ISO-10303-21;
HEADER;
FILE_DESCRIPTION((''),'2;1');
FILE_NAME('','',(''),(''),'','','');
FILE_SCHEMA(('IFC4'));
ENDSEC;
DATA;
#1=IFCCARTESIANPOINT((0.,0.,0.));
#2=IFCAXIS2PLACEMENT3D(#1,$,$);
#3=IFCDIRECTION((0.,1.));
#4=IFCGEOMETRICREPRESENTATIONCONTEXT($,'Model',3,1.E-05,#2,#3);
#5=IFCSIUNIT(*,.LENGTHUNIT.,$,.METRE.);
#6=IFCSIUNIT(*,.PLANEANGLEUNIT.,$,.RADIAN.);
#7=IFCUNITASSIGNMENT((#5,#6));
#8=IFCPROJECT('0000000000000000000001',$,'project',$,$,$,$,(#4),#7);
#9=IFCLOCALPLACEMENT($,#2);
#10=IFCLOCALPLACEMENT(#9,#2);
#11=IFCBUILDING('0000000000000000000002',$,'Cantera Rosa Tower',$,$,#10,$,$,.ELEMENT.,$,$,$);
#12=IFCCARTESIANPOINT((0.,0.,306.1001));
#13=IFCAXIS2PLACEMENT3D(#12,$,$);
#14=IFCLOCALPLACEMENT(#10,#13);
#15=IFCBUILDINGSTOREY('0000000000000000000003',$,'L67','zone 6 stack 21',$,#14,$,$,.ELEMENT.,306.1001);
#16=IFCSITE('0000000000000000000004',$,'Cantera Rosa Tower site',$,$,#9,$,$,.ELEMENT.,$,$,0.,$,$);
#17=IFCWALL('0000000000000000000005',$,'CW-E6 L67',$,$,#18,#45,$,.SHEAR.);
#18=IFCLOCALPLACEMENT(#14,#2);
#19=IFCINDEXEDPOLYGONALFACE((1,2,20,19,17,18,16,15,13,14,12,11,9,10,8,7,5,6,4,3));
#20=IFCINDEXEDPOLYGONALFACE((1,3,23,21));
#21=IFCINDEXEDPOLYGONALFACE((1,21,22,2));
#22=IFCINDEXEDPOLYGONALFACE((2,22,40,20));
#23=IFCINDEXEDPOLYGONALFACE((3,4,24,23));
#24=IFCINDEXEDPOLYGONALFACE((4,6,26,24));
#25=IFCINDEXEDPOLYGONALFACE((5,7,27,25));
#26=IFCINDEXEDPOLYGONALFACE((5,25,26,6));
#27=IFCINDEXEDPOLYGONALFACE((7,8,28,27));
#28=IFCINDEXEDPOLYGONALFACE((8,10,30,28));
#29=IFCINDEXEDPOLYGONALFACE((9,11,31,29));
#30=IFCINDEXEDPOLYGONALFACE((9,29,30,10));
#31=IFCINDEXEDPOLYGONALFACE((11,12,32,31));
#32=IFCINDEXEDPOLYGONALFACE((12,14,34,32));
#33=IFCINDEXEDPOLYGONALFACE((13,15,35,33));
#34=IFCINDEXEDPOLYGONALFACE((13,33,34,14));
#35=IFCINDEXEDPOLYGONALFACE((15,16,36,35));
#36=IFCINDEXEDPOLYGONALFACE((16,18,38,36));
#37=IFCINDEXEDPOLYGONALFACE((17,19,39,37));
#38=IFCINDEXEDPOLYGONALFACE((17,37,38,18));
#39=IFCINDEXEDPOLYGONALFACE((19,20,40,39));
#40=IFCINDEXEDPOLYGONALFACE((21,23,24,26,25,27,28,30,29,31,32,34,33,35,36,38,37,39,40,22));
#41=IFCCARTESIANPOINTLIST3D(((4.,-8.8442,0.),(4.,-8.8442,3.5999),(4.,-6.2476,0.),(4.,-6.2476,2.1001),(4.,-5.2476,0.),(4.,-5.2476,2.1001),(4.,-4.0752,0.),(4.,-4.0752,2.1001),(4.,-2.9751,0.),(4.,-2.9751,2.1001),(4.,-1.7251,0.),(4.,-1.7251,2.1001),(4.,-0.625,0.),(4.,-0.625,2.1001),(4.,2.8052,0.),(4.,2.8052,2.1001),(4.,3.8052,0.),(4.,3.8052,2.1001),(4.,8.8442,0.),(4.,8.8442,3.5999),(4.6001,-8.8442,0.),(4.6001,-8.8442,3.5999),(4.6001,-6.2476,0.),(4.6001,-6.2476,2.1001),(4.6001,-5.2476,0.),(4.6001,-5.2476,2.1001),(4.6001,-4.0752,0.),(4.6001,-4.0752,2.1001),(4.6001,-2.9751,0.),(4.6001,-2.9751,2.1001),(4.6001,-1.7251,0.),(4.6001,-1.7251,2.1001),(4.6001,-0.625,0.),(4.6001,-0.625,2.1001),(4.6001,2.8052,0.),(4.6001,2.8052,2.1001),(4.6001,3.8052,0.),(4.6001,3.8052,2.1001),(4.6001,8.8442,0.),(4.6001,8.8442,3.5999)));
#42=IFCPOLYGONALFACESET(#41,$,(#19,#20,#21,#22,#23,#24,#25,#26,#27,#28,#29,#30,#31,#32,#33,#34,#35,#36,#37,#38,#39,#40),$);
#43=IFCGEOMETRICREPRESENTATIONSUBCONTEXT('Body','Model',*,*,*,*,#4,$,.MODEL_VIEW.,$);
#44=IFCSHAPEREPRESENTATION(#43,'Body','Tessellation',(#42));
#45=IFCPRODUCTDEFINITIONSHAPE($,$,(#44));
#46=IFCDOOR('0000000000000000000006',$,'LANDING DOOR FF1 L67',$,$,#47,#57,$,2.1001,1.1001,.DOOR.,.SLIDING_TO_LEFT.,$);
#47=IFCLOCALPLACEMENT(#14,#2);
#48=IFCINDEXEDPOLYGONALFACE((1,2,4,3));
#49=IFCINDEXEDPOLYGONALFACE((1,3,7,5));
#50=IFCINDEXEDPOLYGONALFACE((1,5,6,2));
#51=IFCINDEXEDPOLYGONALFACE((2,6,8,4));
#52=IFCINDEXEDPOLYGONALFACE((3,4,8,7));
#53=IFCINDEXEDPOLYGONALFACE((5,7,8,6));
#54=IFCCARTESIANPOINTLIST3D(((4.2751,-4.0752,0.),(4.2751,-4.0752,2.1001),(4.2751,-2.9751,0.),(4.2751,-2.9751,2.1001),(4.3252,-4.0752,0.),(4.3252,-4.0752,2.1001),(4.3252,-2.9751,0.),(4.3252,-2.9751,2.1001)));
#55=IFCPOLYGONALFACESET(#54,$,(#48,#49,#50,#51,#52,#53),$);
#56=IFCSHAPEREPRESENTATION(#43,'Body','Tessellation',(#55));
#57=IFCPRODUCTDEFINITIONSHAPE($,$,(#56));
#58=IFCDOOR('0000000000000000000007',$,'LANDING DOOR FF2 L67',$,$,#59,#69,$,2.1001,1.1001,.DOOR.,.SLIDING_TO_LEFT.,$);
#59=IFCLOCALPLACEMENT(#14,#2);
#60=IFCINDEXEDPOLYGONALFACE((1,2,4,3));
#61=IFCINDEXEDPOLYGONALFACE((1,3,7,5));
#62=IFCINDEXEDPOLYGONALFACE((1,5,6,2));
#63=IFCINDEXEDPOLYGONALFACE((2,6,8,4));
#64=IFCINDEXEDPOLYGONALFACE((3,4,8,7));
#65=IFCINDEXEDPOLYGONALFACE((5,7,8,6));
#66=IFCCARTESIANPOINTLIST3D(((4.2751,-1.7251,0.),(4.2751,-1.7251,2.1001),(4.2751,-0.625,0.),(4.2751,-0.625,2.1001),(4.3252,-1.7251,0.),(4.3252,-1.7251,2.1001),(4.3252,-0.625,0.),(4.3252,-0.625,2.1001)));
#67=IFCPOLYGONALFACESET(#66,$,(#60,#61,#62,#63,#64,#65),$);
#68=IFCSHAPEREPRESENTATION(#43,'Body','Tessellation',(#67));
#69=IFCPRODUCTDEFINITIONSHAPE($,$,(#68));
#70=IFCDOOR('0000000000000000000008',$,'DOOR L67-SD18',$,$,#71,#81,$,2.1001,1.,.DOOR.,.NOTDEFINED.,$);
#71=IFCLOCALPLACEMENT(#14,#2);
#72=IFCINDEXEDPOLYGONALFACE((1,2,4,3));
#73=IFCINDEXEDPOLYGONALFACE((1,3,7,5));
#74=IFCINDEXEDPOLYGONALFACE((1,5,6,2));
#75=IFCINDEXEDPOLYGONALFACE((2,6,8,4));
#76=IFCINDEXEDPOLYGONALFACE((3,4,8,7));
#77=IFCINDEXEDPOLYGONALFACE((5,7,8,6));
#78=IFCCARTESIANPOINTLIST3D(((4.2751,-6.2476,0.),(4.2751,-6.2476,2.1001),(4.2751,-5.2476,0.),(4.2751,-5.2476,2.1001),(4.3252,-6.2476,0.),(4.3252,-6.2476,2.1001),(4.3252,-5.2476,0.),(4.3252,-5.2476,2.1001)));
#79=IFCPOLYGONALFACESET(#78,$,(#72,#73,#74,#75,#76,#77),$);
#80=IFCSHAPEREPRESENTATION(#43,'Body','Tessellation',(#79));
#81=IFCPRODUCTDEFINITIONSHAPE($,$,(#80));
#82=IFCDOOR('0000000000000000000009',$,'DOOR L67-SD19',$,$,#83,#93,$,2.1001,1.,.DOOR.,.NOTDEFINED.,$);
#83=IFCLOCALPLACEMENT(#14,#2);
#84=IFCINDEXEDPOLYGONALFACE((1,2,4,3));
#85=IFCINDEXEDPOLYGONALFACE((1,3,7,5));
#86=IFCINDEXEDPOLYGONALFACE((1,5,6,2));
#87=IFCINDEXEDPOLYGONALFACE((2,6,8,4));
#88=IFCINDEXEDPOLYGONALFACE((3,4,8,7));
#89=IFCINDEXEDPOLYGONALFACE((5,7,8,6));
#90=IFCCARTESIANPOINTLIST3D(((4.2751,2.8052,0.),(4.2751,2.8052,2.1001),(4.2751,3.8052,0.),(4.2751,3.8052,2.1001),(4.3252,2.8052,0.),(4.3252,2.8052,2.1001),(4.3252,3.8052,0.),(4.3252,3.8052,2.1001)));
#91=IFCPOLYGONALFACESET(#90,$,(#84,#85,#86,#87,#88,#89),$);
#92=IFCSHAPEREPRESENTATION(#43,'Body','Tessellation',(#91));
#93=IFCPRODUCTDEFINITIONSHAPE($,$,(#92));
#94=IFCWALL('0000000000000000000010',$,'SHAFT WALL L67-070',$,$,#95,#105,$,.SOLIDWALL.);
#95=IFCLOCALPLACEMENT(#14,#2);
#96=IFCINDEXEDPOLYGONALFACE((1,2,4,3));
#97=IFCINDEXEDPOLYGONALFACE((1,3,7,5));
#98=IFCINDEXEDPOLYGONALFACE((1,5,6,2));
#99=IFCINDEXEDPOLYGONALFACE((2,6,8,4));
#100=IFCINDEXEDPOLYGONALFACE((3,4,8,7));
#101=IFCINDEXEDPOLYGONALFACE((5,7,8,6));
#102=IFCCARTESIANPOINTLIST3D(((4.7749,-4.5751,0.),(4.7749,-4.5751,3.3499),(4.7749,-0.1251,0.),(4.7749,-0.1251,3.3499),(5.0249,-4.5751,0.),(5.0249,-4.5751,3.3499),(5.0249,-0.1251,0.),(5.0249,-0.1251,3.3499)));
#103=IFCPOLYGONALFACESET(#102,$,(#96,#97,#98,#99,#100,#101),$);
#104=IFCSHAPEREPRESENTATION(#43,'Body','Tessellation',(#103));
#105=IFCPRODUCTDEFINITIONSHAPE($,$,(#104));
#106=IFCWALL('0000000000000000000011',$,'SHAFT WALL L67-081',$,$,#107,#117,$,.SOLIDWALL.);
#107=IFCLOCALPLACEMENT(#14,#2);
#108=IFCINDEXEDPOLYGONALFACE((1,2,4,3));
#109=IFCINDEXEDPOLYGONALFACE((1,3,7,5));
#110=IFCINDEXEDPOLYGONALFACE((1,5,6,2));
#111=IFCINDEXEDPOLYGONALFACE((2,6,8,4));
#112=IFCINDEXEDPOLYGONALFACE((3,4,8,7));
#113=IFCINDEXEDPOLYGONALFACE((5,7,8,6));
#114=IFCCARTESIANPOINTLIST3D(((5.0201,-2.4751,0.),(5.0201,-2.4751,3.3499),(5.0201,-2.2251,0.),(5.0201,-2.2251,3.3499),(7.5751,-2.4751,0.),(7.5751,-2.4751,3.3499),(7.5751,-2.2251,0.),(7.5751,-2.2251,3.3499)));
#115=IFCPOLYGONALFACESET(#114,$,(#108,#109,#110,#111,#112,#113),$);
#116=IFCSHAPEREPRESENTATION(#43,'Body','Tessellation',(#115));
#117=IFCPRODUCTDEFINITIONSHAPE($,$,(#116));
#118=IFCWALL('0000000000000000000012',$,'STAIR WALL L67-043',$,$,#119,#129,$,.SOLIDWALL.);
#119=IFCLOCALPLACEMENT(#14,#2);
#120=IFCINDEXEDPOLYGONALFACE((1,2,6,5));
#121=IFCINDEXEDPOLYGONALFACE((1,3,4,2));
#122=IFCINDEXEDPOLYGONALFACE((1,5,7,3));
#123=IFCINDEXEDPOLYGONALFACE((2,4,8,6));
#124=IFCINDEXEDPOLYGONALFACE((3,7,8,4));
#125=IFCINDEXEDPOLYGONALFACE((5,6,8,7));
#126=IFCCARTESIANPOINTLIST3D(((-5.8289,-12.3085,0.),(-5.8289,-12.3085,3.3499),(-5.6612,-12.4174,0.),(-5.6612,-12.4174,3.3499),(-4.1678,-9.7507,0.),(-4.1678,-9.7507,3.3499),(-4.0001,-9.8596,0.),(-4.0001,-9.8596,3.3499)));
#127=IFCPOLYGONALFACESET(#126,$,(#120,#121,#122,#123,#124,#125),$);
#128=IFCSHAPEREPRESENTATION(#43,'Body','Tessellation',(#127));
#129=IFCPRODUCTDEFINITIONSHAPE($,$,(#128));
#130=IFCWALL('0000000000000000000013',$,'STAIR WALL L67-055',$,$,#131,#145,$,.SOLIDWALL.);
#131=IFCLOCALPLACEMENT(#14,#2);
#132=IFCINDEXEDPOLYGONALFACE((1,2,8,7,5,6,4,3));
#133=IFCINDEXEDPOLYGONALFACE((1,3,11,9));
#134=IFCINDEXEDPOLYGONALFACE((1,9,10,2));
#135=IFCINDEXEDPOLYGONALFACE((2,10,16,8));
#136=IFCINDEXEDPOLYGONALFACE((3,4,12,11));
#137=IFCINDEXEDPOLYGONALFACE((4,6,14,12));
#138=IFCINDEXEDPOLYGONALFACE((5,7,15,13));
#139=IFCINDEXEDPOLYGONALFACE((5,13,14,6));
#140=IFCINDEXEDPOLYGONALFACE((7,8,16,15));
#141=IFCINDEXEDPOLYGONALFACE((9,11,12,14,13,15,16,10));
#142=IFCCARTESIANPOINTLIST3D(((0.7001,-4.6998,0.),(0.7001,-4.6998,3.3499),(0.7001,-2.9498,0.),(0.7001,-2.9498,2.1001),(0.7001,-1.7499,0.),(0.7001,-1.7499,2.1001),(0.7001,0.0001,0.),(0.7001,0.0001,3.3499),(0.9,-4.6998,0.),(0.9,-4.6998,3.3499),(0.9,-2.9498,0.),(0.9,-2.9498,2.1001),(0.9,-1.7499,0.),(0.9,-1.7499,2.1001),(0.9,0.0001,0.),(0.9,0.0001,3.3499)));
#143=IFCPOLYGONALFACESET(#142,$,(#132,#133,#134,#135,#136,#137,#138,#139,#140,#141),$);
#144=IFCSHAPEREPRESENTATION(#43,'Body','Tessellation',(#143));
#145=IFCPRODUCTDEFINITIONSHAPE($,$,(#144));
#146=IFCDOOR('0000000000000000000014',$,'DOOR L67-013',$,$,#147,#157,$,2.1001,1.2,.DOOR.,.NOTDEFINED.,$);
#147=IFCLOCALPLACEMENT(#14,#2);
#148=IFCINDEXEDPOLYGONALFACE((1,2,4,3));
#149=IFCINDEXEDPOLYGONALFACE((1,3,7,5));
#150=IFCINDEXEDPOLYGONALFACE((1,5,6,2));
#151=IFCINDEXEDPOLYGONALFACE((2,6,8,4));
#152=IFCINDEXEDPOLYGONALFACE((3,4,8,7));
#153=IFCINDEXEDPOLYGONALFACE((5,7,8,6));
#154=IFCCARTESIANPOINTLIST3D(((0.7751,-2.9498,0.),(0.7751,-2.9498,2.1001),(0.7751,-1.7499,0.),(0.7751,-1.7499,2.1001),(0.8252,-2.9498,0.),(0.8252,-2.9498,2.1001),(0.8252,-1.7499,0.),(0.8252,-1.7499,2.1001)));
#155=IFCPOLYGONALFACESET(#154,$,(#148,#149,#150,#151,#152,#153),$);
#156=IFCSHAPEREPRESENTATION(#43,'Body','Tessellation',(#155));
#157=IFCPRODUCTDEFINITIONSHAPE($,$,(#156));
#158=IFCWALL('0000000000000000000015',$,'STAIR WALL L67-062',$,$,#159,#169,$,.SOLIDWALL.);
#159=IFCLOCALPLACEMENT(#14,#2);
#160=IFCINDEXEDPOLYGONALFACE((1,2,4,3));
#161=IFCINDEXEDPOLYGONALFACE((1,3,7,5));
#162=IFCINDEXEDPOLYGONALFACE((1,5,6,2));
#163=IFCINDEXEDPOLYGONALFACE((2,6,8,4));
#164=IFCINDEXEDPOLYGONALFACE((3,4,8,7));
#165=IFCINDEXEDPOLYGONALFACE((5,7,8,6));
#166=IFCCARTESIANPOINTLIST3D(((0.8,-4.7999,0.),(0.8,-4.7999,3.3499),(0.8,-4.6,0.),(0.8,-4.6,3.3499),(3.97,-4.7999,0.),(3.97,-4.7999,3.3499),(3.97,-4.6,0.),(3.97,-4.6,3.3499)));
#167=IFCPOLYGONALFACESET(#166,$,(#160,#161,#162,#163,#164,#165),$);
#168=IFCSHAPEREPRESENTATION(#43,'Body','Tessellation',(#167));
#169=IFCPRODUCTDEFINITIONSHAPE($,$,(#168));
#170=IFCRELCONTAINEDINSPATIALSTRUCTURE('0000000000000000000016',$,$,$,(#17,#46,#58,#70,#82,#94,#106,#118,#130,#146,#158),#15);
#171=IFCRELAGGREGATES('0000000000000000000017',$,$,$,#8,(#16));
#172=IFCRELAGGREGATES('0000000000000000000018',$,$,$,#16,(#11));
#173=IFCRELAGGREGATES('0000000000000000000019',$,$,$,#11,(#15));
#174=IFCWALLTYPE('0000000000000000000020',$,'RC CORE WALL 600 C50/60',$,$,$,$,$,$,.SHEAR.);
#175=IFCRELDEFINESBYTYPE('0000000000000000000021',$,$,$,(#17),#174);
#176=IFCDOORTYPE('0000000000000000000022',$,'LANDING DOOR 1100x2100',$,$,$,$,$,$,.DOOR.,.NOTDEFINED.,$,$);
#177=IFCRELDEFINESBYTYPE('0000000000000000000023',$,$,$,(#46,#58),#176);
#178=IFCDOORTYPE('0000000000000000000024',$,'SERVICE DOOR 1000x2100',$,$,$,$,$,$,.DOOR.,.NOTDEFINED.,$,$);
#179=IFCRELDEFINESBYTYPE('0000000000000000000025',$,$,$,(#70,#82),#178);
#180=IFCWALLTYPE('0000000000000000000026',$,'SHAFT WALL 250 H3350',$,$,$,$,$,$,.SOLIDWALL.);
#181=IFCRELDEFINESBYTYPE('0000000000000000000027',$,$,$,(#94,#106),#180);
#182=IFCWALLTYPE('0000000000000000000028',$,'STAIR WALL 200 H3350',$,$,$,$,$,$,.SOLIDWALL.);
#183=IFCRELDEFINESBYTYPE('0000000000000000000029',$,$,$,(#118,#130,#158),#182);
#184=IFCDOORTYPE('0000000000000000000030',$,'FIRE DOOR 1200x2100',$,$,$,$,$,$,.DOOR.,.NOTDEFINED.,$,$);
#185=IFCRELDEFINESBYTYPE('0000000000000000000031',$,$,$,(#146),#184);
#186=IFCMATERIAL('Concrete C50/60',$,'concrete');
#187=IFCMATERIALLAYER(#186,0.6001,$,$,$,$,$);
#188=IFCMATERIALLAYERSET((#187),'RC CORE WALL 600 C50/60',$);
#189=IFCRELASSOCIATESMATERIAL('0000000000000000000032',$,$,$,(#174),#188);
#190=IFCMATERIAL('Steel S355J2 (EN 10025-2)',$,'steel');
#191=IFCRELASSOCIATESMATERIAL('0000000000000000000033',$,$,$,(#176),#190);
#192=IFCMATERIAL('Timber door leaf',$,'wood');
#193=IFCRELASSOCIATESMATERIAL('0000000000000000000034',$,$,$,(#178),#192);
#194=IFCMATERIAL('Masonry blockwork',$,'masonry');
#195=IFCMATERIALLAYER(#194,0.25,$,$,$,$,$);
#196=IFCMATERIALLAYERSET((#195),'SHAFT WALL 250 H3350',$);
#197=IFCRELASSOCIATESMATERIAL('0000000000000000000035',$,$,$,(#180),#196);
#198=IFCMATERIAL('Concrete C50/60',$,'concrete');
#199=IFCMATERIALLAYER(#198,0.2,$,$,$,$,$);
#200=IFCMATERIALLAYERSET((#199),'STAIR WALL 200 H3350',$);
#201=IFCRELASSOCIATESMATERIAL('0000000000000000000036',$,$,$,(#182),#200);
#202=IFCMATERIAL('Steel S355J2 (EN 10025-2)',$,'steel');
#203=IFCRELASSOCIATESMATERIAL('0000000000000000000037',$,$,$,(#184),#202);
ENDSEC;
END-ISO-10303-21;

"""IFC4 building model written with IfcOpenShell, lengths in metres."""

from ifc_helpers import new_model, si_unit, direction, frame, frame_2d, origin, place, context, subcontext, project, spatial, rectangle, extrude, material, layer, layer_set, type_object, element, fill, save


model = new_model("IFC4")

# Units and contexts
model_context = context("Model", 3, precision=1e-05, world=origin(), true_north=direction((0.0, 1.0)))
body_context = subcontext(model_context, "Body", "Model", "MODEL_VIEW")
ifc_project = project(units=[si_unit("LENGTHUNIT", "METRE"), si_unit("PLANEANGLEUNIT", "RADIAN")], contexts=[model_context])

# Site, building, storey
site_placement = place(None, origin())
site = spatial("IfcSite", under=ifc_project, at=site_placement, Name="Cantera Rosa Tower site", CompositionType="ELEMENT", RefElevation=0.0)
building_placement = place(site_placement, origin())
building = spatial("IfcBuilding", under=site, at=building_placement, Name="Cantera Rosa Tower", CompositionType="ELEMENT")
storey_placement = place(building_placement, frame((0.0, 0.0, 306.1001)))
storey = spatial("IfcBuildingStorey", under=building, at=storey_placement, Name="L67", Description="zone 6 stack 21", CompositionType="ELEMENT", Elevation=306.1001)

# Shared definitions
ifc_material_1 = material(Name="Concrete C50/60", Category="concrete")
ifc_layer_1 = layer(ifc_material_1, 0.6001)
ifc_layer_set_1 = layer_set([ifc_layer_1], Name="RC CORE WALL 600 C50/60")
wall_type_1 = type_object("IfcWallType", Name="RC CORE WALL 600 C50/60", PredefinedType="SHEAR", material=ifc_layer_set_1)

# Wall, openings, doors
wall_1_placement = place(storey_placement, frame((4.3, -8.8442, 0.0), z_axis=(0.0, 0.0, 1.0), x_axis=(0.0, 1.0, 0.0)))
wall_1 = element("IfcWall", 1, at=wall_1_placement, inside=storey, type_object=wall_type_1, Name="CW-E6 L67", PredefinedType="SHEAR", context=body_context, shape_type="SweptSolid", body=[
    extrude(rectangle(XDim=17.6885, YDim=0.6001, at=frame_2d((8.8442, 0.0))), origin(), (0.0, 0.0, 1.0), 3.5999),
])
opening_1_placement = place(wall_1_placement, frame((4.769, 0.0, 0.0)))
opening_1 = element("IfcOpeningElement", 2, at=opening_1_placement, cuts=wall_1, PredefinedType="OPENING", context=body_context, shape_type="SweptSolid", body=[
    extrude(rectangle(XDim=1.1001, YDim=2.1001, at=frame_2d((0.55, 1.05))), frame((0.0, 0.3101, 0.0), z_axis=(0.0, -1.0, 0.0), x_axis=(1.0, 0.0, 0.0)), (0.0, 0.0, 1.0), 0.6201),
])
opening_2_placement = place(wall_1_placement, frame((7.1191, 0.0, 0.0)))
opening_2 = element("IfcOpeningElement", 3, at=opening_2_placement, cuts=wall_1, PredefinedType="OPENING", context=body_context, shape_type="SweptSolid", body=[
    extrude(rectangle(XDim=1.1001, YDim=2.1001, at=frame_2d((0.55, 1.05))), frame((0.0, 0.3101, 0.0), z_axis=(0.0, -1.0, 0.0), x_axis=(1.0, 0.0, 0.0)), (0.0, 0.0, 1.0), 0.6201),
])
opening_3_placement = place(wall_1_placement, frame((2.5967, 0.0, 0.0)))
opening_3 = element("IfcOpeningElement", 4, at=opening_3_placement, cuts=wall_1, PredefinedType="OPENING", context=body_context, shape_type="SweptSolid", body=[
    extrude(rectangle(XDim=1.0, YDim=2.1001, at=frame_2d((0.5, 1.05))), frame((0.0, 0.3101, 0.0), z_axis=(0.0, -1.0, 0.0), x_axis=(1.0, 0.0, 0.0)), (0.0, 0.0, 1.0), 0.6201),
])
opening_4_placement = place(wall_1_placement, frame((11.6494, 0.0, 0.0)))
opening_4 = element("IfcOpeningElement", 5, at=opening_4_placement, cuts=wall_1, PredefinedType="OPENING", context=body_context, shape_type="SweptSolid", body=[
    extrude(rectangle(XDim=1.0, YDim=2.1001, at=frame_2d((0.5, 1.05))), frame((0.0, 0.3101, 0.0), z_axis=(0.0, -1.0, 0.0), x_axis=(1.0, 0.0, 0.0)), (0.0, 0.0, 1.0), 0.6201),
])
ifc_material_2 = material(Name="Steel S355J2 (EN 10025-2)", Category="steel")
door_type_1 = type_object("IfcDoorType", Name="LANDING DOOR 1100x2100", OperationType="NOTDEFINED", PredefinedType="DOOR", material=ifc_material_2)
door_1_placement = place(opening_1_placement, origin())
door_1 = element("IfcDoor", 6, at=door_1_placement, inside=storey, type_object=door_type_1, Name="LANDING DOOR FF1 L67", OperationType="SLIDING_TO_LEFT", OverallHeight=2.1001, OverallWidth=1.1001, PredefinedType="DOOR", context=body_context, shape_type="SweptSolid", body=[
    extrude(rectangle(XDim=1.1001, YDim=2.1001, at=frame_2d((0.55, 1.05))), frame((0.0, 0.0249, 0.0), z_axis=(0.0, -1.0, 0.0), x_axis=(1.0, 0.0, 0.0)), (0.0, 0.0, 1.0), 0.05),
])
fill(opening_1, door_1)
door_2_placement = place(opening_2_placement, origin())
door_2 = element("IfcDoor", 7, at=door_2_placement, inside=storey, type_object=door_type_1, Name="LANDING DOOR FF2 L67", OperationType="SLIDING_TO_LEFT", OverallHeight=2.1001, OverallWidth=1.1001, PredefinedType="DOOR", context=body_context, shape_type="SweptSolid", body=[
    extrude(rectangle(XDim=1.1001, YDim=2.1001, at=frame_2d((0.55, 1.05))), frame((0.0, 0.0249, 0.0), z_axis=(0.0, -1.0, 0.0), x_axis=(1.0, 0.0, 0.0)), (0.0, 0.0, 1.0), 0.05),
])
fill(opening_2, door_2)
ifc_material_3 = material(Name="Timber door leaf", Category="wood")
door_type_2 = type_object("IfcDoorType", Name="SERVICE DOOR 1000x2100", OperationType="NOTDEFINED", PredefinedType="DOOR", material=ifc_material_3)
door_3_placement = place(opening_3_placement, origin())
door_3 = element("IfcDoor", 8, at=door_3_placement, inside=storey, type_object=door_type_2, Name="DOOR L67-SD18", OperationType="NOTDEFINED", OverallHeight=2.1001, OverallWidth=1.0, PredefinedType="DOOR", context=body_context, shape_type="SweptSolid", body=[
    extrude(rectangle(XDim=1.0, YDim=2.1001, at=frame_2d((0.5, 1.05))), frame((0.0, 0.0249, 0.0), z_axis=(0.0, -1.0, 0.0), x_axis=(1.0, 0.0, 0.0)), (0.0, 0.0, 1.0), 0.05),
])
fill(opening_3, door_3)
door_4_placement = place(opening_4_placement, origin())
door_4 = element("IfcDoor", 9, at=door_4_placement, inside=storey, type_object=door_type_2, Name="DOOR L67-SD19", OperationType="NOTDEFINED", OverallHeight=2.1001, OverallWidth=1.0, PredefinedType="DOOR", context=body_context, shape_type="SweptSolid", body=[
    extrude(rectangle(XDim=1.0, YDim=2.1001, at=frame_2d((0.5, 1.05))), frame((0.0, 0.0249, 0.0), z_axis=(0.0, -1.0, 0.0), x_axis=(1.0, 0.0, 0.0)), (0.0, 0.0, 1.0), 0.05),
])
fill(opening_4, door_4)

# Walls
ifc_material_4 = material(Name="Masonry blockwork", Category="masonry")
ifc_layer_2 = layer(ifc_material_4, 0.25)
ifc_layer_set_2 = layer_set([ifc_layer_2], Name="SHAFT WALL 250 H3350")
wall_type_2 = type_object("IfcWallType", Name="SHAFT WALL 250 H3350", PredefinedType="SOLIDWALL", material=ifc_layer_set_2)
wall_2_placement = place(storey_placement, frame((4.8999, -0.125, 0.0), z_axis=(0.0, 0.0, 1.0), x_axis=(0.0, -1.0, 0.0)))
element("IfcWall", 10, at=wall_2_placement, inside=storey, type_object=wall_type_2, Name="SHAFT WALL L67-070", PredefinedType="SOLIDWALL", context=body_context, shape_type="SweptSolid", body=[
    extrude(rectangle(XDim=4.45, YDim=0.25, at=frame_2d((2.2251, 0.0))), origin(), (0.0, 0.0, 1.0), 3.3499),
])
wall_3_placement = place(storey_placement, frame((7.575, -2.3501, 0.0), z_axis=(0.0, 0.0, 1.0), x_axis=(-1.0, 0.0, 0.0)))
element("IfcWall", 11, at=wall_3_placement, inside=storey, type_object=wall_type_2, Name="SHAFT WALL L67-081", PredefinedType="SOLIDWALL", context=body_context, shape_type="SweptSolid", body=[
    extrude(rectangle(XDim=2.5549, YDim=0.25, at=frame_2d((1.2773, 0.0))), origin(), (0.0, 0.0, 1.0), 3.3499),
])
ifc_material_5 = material(Name="Concrete C50/60", Category="concrete")
ifc_layer_3 = layer(ifc_material_5, 0.2)
ifc_layer_set_3 = layer_set([ifc_layer_3], Name="STAIR WALL 200 H3350")
wall_type_3 = type_object("IfcWallType", Name="STAIR WALL 200 H3350", PredefinedType="SOLIDWALL", material=ifc_layer_set_3)
wall_4_placement = place(storey_placement, frame((-4.084, -9.8052, 0.0), z_axis=(0.0, 0.0, 1.0), x_axis=(-0.544648, -0.838665, 0.0)))
element("IfcWall", 12, at=wall_4_placement, inside=storey, type_object=wall_type_3, Name="STAIR WALL L67-043", PredefinedType="SOLIDWALL", context=body_context, shape_type="SweptSolid", body=[
    extrude(rectangle(XDim=3.0498, YDim=0.2, at=frame_2d((1.5249, 0.0))), origin(), (0.0, 0.0, 1.0), 3.3499),
])

# Wall, opening, door
wall_5_placement = place(storey_placement, frame((0.8, -4.7, 0.0), z_axis=(0.0, 0.0, 1.0), x_axis=(0.0, 1.0, 0.0)))
wall_5 = element("IfcWall", 13, at=wall_5_placement, inside=storey, type_object=wall_type_3, Name="STAIR WALL L67-055", PredefinedType="SOLIDWALL", context=body_context, shape_type="SweptSolid", body=[
    extrude(rectangle(XDim=4.7, YDim=0.2, at=frame_2d((2.3501, 0.0))), origin(), (0.0, 0.0, 1.0), 3.3499),
])
opening_5_placement = place(wall_5_placement, frame((1.75, 0.0, 0.0)))
opening_5 = element("IfcOpeningElement", 14, at=opening_5_placement, cuts=wall_5, PredefinedType="OPENING", context=body_context, shape_type="SweptSolid", body=[
    extrude(rectangle(XDim=1.2, YDim=2.1001, at=frame_2d((0.6001, 1.05))), frame((0.0, 0.1099, 0.0), z_axis=(0.0, -1.0, 0.0), x_axis=(1.0, 0.0, 0.0)), (0.0, 0.0, 1.0), 0.22),
])
ifc_material_6 = material(Name="Steel S355J2 (EN 10025-2)", Category="steel")
door_type_3 = type_object("IfcDoorType", Name="FIRE DOOR 1200x2100", OperationType="NOTDEFINED", PredefinedType="DOOR", material=ifc_material_6)
door_5_placement = place(opening_5_placement, origin())
door_5 = element("IfcDoor", 15, at=door_5_placement, inside=storey, type_object=door_type_3, Name="DOOR L67-013", OperationType="NOTDEFINED", OverallHeight=2.1001, OverallWidth=1.2, PredefinedType="DOOR", context=body_context, shape_type="SweptSolid", body=[
    extrude(rectangle(XDim=1.2, YDim=2.1001, at=frame_2d((0.6001, 1.05))), frame((0.0, 0.0249, 0.0), z_axis=(0.0, -1.0, 0.0), x_axis=(1.0, 0.0, 0.0)), (0.0, 0.0, 1.0), 0.05),
])
fill(opening_5, door_5)

# Wall
wall_6_placement = place(storey_placement, frame((3.97, -4.7, 0.0), z_axis=(0.0, 0.0, 1.0), x_axis=(-1.0, 0.0, 0.0)))
element("IfcWall", 16, at=wall_6_placement, inside=storey, type_object=wall_type_3, Name="STAIR WALL L67-062", PredefinedType="SOLIDWALL", context=body_context, shape_type="SweptSolid", body=[
    extrude(rectangle(XDim=3.1699, YDim=0.2, at=frame_2d((1.585, 0.0))), origin(), (0.0, 0.0, 1.0), 3.3499),
])

save(model, "model.ifc")
